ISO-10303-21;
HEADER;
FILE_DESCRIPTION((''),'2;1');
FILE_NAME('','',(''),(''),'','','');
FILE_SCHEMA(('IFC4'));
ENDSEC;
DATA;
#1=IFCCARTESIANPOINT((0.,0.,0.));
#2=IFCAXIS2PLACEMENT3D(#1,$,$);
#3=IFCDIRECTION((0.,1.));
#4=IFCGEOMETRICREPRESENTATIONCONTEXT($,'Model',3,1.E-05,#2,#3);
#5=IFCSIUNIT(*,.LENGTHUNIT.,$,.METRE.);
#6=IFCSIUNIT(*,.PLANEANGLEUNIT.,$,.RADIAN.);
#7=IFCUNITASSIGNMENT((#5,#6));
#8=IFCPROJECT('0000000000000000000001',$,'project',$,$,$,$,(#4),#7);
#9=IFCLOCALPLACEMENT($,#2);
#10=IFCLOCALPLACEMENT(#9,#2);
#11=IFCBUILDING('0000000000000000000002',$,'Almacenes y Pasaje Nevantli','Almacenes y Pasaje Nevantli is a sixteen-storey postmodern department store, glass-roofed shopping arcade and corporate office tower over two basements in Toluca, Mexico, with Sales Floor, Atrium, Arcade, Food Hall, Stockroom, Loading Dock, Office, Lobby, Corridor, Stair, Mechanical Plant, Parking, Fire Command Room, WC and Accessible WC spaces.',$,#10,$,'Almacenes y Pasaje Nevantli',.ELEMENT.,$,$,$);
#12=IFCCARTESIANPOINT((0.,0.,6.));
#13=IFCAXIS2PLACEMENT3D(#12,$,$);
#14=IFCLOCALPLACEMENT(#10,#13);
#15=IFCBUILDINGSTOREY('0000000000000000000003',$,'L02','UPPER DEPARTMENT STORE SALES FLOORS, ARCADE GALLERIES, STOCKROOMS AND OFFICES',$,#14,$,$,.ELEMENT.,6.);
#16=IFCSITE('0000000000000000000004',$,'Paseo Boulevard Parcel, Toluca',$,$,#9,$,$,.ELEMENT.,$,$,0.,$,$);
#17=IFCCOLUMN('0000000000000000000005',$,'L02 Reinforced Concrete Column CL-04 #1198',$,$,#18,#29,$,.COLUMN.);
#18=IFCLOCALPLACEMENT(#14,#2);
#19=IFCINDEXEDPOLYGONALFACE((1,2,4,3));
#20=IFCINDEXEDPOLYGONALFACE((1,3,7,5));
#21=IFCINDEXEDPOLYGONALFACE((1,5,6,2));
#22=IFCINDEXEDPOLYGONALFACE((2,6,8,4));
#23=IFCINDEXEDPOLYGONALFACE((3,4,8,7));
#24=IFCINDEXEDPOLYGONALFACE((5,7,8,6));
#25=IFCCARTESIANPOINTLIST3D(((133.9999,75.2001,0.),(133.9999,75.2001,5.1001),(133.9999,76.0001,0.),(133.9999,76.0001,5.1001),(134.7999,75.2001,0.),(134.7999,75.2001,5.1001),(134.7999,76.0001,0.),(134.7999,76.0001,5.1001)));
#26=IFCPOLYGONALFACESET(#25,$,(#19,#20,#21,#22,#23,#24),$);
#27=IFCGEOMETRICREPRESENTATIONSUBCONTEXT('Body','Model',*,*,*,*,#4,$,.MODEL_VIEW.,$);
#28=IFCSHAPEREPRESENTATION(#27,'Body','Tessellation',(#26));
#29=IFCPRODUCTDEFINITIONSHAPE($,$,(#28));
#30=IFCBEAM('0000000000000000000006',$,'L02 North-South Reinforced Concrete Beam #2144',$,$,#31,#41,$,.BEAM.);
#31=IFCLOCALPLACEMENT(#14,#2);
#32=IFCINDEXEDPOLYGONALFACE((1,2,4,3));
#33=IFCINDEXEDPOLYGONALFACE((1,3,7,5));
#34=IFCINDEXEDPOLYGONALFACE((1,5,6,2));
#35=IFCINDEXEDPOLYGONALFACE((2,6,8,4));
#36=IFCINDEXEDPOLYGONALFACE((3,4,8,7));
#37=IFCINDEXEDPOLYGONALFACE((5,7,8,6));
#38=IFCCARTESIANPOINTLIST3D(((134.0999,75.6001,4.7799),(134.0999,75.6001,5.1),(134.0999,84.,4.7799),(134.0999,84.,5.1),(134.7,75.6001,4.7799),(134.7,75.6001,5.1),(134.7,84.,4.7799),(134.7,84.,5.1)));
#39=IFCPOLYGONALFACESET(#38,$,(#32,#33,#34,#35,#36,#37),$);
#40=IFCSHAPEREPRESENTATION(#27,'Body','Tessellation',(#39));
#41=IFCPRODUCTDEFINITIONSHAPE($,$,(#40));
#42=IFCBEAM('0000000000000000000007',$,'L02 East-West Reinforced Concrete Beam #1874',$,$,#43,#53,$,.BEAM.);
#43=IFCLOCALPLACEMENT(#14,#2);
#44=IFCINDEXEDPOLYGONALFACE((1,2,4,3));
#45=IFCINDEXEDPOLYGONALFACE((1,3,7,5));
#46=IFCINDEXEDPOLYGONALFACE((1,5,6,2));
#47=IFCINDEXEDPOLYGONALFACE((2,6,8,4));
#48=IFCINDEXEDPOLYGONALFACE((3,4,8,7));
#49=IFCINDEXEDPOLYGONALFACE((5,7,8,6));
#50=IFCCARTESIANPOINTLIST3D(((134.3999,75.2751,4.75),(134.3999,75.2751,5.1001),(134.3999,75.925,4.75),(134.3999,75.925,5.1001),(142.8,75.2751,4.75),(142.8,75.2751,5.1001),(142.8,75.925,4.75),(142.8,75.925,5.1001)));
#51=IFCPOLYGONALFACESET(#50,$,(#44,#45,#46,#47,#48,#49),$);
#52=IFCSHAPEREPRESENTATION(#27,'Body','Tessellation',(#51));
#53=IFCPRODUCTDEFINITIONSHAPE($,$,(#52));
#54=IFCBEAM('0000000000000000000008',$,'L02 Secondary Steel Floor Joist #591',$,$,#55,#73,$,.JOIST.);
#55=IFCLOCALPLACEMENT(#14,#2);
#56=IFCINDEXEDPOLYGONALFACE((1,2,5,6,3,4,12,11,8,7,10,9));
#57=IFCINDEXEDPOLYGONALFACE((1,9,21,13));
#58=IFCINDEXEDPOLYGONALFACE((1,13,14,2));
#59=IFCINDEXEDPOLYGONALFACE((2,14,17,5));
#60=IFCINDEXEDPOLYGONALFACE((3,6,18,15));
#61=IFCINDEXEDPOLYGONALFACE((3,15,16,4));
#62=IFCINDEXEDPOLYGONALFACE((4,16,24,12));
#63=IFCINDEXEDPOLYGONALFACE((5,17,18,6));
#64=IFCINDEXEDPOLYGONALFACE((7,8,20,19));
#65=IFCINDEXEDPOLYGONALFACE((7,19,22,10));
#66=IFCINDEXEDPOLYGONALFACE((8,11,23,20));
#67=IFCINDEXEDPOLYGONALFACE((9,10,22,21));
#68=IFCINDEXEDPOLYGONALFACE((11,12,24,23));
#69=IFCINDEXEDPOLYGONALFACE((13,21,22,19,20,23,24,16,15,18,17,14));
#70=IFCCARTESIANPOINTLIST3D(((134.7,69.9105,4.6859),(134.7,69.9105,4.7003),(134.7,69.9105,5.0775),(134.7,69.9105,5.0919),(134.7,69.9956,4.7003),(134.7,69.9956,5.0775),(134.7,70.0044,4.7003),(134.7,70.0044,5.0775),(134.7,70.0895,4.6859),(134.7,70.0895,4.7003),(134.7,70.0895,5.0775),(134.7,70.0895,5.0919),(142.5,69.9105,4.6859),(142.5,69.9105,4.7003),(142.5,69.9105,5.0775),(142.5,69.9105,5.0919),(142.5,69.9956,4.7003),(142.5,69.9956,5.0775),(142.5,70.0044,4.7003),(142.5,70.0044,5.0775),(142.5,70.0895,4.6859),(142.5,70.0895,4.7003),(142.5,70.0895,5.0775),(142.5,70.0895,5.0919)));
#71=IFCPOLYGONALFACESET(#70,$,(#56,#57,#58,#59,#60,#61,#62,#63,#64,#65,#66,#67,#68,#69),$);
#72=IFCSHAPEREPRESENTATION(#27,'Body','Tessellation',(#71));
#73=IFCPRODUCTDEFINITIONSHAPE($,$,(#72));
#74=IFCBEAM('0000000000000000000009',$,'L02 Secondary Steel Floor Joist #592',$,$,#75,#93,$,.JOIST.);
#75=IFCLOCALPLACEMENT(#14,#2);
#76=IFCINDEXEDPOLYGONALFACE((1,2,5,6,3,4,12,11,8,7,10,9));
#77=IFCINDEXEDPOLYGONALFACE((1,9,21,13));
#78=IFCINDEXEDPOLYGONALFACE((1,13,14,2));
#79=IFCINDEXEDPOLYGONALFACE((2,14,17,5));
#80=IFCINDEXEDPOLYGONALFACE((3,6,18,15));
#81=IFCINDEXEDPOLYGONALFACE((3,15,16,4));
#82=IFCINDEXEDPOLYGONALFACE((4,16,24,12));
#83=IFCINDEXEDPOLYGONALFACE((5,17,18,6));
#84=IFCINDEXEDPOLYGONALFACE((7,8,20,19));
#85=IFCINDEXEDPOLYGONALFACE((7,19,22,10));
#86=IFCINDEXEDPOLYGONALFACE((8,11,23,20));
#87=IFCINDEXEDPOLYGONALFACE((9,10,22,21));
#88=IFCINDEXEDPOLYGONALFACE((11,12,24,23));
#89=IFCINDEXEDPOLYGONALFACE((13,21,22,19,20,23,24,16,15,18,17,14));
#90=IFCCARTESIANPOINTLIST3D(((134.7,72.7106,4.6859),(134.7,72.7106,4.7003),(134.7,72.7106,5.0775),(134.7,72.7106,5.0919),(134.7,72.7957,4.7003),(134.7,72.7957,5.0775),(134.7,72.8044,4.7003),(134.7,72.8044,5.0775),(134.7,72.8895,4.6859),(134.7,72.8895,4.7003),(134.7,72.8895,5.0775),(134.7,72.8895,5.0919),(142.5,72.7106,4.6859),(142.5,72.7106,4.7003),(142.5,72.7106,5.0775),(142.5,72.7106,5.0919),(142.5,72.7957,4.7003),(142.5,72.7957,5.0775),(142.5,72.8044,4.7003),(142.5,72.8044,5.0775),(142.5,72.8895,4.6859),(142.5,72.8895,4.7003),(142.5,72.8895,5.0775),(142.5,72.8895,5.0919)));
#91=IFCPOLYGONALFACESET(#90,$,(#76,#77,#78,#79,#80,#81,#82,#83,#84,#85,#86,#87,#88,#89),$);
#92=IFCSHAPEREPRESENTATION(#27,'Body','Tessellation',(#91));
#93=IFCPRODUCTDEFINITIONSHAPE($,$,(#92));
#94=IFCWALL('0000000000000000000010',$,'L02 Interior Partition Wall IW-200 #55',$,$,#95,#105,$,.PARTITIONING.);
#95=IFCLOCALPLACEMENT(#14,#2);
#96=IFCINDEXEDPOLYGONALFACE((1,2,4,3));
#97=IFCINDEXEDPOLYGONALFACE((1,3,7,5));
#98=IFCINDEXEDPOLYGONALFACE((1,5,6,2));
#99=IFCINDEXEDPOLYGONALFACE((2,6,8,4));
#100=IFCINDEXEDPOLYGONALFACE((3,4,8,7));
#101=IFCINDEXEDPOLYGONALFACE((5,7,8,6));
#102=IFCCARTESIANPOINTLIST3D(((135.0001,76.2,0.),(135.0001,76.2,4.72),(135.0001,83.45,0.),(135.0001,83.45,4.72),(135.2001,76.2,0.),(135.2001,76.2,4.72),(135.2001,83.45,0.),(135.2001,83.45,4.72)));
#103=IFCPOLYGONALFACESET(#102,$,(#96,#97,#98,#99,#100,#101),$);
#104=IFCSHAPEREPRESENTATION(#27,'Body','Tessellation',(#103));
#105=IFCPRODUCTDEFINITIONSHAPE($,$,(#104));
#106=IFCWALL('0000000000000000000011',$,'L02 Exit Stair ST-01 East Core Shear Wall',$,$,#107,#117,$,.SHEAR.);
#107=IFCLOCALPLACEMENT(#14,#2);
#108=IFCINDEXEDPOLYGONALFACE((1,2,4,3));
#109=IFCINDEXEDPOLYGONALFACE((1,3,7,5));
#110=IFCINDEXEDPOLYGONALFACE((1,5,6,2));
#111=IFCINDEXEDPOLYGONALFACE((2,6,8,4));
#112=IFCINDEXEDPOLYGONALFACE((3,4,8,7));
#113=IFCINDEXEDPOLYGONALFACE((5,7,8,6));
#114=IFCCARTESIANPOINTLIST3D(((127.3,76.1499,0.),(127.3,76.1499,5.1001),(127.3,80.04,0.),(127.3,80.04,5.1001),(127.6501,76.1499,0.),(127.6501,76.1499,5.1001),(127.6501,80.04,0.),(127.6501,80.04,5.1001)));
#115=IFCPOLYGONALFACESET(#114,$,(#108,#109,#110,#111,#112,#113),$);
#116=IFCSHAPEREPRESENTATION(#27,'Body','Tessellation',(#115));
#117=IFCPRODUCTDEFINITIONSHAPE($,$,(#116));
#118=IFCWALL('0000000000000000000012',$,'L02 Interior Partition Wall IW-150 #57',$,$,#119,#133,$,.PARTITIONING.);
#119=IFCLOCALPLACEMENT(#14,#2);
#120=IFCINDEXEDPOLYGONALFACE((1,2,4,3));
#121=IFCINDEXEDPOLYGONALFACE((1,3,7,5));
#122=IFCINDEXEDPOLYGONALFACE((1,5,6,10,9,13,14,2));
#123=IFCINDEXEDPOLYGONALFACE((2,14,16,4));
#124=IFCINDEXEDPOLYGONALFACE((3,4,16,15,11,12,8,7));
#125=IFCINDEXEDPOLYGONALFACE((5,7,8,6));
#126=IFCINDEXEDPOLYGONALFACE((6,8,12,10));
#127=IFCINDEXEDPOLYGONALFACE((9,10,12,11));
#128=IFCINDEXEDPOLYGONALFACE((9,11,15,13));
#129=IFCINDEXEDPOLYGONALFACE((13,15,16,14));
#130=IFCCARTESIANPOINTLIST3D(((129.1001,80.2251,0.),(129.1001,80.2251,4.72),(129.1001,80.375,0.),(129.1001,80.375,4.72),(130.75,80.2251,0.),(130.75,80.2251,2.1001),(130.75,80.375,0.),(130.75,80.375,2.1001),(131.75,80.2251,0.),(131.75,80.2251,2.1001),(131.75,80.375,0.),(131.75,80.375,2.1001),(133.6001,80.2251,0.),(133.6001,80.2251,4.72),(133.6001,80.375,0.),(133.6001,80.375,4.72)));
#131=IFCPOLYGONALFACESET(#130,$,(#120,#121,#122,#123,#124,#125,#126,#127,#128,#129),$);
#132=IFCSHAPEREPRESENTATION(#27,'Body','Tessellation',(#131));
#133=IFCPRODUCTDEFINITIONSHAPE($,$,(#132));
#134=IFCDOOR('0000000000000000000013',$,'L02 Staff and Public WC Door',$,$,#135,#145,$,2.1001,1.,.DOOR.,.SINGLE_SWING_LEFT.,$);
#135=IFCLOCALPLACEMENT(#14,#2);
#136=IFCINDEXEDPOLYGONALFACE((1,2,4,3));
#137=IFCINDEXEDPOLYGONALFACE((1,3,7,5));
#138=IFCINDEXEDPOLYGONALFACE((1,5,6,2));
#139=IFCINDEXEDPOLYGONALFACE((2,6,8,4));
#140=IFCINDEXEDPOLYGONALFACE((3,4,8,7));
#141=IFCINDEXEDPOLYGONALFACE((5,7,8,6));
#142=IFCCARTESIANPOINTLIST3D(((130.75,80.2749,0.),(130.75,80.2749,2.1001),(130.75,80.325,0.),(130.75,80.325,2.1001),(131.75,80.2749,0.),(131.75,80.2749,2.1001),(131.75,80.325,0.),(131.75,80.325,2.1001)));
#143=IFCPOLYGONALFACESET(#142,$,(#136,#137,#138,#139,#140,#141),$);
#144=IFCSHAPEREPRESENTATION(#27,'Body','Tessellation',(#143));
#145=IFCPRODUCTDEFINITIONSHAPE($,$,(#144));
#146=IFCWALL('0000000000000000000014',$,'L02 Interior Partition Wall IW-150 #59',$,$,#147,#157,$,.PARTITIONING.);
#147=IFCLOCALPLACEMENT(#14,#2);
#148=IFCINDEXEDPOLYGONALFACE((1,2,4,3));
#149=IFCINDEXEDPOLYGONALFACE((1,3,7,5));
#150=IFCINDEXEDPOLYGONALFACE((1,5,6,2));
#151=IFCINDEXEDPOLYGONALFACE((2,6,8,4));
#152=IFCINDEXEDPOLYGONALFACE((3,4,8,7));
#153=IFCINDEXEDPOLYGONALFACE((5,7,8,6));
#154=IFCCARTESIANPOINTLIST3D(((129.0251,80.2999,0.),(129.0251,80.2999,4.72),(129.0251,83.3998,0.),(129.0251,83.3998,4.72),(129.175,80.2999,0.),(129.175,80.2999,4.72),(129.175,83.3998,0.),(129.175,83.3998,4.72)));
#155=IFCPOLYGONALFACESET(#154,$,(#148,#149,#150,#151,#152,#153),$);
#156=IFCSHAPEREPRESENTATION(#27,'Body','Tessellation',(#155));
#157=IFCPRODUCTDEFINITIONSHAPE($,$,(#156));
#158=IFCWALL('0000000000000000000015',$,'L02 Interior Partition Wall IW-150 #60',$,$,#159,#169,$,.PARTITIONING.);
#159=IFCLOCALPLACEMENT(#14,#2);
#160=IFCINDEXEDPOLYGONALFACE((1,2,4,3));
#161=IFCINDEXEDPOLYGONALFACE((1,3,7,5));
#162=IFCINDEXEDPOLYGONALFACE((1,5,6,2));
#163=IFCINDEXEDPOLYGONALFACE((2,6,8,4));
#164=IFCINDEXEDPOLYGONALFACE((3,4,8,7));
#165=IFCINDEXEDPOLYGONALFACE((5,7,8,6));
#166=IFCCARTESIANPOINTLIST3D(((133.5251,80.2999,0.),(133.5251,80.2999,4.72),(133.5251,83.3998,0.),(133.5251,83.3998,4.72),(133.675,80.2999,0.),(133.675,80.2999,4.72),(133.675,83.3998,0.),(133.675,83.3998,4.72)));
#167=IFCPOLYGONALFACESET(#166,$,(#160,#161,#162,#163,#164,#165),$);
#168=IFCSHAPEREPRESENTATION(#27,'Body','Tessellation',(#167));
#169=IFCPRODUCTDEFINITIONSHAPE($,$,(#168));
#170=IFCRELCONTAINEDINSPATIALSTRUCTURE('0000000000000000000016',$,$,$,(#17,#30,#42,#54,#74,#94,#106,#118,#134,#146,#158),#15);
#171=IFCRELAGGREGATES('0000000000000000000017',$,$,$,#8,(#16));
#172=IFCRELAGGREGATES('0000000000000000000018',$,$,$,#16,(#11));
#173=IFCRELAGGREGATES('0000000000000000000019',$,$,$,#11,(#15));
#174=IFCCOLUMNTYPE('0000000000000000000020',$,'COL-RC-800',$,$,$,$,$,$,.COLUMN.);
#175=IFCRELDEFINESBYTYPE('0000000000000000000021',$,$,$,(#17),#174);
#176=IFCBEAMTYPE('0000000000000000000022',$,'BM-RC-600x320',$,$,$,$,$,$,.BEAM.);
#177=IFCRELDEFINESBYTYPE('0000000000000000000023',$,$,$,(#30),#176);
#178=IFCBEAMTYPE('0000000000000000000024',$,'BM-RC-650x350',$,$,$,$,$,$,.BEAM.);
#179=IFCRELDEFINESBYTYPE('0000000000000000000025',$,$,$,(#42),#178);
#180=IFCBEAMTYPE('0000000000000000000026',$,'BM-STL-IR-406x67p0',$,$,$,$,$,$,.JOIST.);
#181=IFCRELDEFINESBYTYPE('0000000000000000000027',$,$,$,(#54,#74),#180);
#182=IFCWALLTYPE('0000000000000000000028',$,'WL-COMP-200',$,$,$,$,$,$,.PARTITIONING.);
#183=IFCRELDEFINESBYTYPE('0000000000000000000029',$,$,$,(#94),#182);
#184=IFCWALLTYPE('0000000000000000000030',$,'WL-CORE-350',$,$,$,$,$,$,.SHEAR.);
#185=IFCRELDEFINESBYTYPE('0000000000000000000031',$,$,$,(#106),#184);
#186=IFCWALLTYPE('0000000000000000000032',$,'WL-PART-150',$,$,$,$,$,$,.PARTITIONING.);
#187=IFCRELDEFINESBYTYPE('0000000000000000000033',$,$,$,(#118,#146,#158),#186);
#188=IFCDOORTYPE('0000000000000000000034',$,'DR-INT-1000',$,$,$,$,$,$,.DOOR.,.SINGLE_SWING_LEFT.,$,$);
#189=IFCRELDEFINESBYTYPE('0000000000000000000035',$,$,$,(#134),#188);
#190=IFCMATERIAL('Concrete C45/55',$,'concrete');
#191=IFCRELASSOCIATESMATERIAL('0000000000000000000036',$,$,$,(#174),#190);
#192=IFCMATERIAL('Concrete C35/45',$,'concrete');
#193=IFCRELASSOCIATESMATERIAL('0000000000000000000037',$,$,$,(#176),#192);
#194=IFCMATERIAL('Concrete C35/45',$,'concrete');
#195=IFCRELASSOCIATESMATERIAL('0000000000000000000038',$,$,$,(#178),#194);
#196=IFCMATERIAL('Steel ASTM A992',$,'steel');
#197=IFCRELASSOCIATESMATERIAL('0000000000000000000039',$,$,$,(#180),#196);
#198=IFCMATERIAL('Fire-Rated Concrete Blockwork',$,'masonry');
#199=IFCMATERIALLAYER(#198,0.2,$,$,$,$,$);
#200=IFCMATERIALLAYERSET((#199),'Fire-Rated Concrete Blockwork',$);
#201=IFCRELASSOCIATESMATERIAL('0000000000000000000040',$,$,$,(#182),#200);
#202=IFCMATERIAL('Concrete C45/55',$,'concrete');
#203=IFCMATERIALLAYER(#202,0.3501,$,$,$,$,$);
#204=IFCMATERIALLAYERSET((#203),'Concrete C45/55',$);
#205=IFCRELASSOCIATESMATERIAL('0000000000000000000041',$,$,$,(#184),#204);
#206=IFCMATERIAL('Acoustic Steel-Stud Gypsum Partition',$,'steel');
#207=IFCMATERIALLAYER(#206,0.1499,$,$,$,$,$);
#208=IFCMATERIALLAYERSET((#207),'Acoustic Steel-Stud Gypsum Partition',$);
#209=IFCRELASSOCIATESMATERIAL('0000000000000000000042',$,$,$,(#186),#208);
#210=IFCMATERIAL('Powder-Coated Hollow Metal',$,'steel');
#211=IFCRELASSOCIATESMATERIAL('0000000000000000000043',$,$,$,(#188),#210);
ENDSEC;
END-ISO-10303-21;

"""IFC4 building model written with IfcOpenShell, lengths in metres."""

from ifc_helpers import new_model, si_unit, direction, frame, frame_2d, origin, origin_2d, place, context, subcontext, project, spatial, rectangle, i_section, extrude, material, layer, layer_set, material_profile, profile_set, type_object, element, fill, save


model = new_model("IFC4")

# Units and contexts
model_context = context("Model", 3, precision=1e-05, world=origin(), true_north=direction((0.0, 1.0)))
body_context = subcontext(model_context, "Body", "Model", "MODEL_VIEW")
ifc_project = project(units=[si_unit("LENGTHUNIT", "METRE"), si_unit("PLANEANGLEUNIT", "RADIAN")], contexts=[model_context])

# Site, building, storey
site_placement = place(None, origin())
site = spatial("IfcSite", under=ifc_project, at=site_placement, Name="Paseo Boulevard Parcel, Toluca", CompositionType="ELEMENT", RefElevation=0.0)
building_placement = place(site_placement, origin())
building = spatial("IfcBuilding", under=site, at=building_placement, Name="Almacenes y Pasaje Nevantli", Description="Almacenes y Pasaje Nevantli is a sixteen-storey postmodern department store, glass-roofed shopping arcade and corporate office tower over two basements in Toluca, Mexico, with Sales Floor, Atrium, Arcade, Food Hall, Stockroom, Loading Dock, Office, Lobby, Corridor, Stair, Mechanical Plant, Parking, Fire Command Room, WC and Accessible WC spaces.", LongName="Almacenes y Pasaje Nevantli", CompositionType="ELEMENT")
storey_placement = place(building_placement, frame((0.0, 0.0, 6.0)))
storey = spatial("IfcBuildingStorey", under=building, at=storey_placement, Name="L02", Description="UPPER DEPARTMENT STORE SALES FLOORS, ARCADE GALLERIES, STOCKROOMS AND OFFICES", CompositionType="ELEMENT", Elevation=6.0)

# Column
ifc_material_1 = material(Name="Concrete C45/55", Category="concrete")
ifc_material_profile_1 = material_profile(ifc_material_1, rectangle(XDim=0.8, YDim=0.8, at=origin_2d()), Name="RC-COL-800x800")
ifc_profile_set_1 = profile_set([ifc_material_profile_1], Name="Concrete C45/55")
column_type = type_object("IfcColumnType", Name="COL-RC-800", PredefinedType="COLUMN", material=ifc_profile_set_1)
column_placement = place(storey_placement, frame((134.3999, 75.6001, 0.0), z_axis=(0.0, 0.0, 1.0), x_axis=(1.0, 0.0, 0.0)))
element("IfcColumn", 1, at=column_placement, inside=storey, type_object=column_type, Name="L02 Reinforced Concrete Column CL-04 #1198", PredefinedType="COLUMN", context=body_context, shape_type="SweptSolid", body=[
    extrude(rectangle(XDim=0.8, YDim=0.8, at=origin_2d()), origin(), (0.0, 0.0, 1.0), 5.1001),
])

# Beams
ifc_material_2 = material(Name="Concrete C35/45", Category="concrete")
ifc_material_profile_2 = material_profile(ifc_material_2, rectangle(XDim=0.6001, YDim=0.3201, at=origin_2d()), Name="RC-BM-600x320")
ifc_profile_set_2 = profile_set([ifc_material_profile_2], Name="Concrete C35/45")
beam_type_1 = type_object("IfcBeamType", Name="BM-RC-600x320", PredefinedType="BEAM", material=ifc_profile_set_2)
beam_1_placement = place(storey_placement, frame((134.3999, 75.6001, 4.9399), z_axis=(0.0, 1.0, 0.0), x_axis=(-1.0, 0.0, 0.0)))
element("IfcBeam", 2, at=beam_1_placement, inside=storey, type_object=beam_type_1, Name="L02 North-South Reinforced Concrete Beam #2144", PredefinedType="BEAM", context=body_context, shape_type="SweptSolid", body=[
    extrude(rectangle(XDim=0.6001, YDim=0.3201, at=origin_2d()), origin(), (0.0, 0.0, 1.0), 8.3999),
])
ifc_material_3 = material(Name="Concrete C35/45", Category="concrete")
ifc_material_profile_3 = material_profile(ifc_material_3, rectangle(XDim=0.6499, YDim=0.3501, at=origin_2d()), Name="RC-BM-650x350")
ifc_profile_set_3 = profile_set([ifc_material_profile_3], Name="Concrete C35/45")
beam_type_2 = type_object("IfcBeamType", Name="BM-RC-650x350", PredefinedType="BEAM", material=ifc_profile_set_3)
beam_2_placement = place(storey_placement, frame((134.3999, 75.6001, 4.925), z_axis=(1.0, 0.0, 0.0), x_axis=(0.0, 1.0, 0.0)))
element("IfcBeam", 3, at=beam_2_placement, inside=storey, type_object=beam_type_2, Name="L02 East-West Reinforced Concrete Beam #1874", PredefinedType="BEAM", context=body_context, shape_type="SweptSolid", body=[
    extrude(rectangle(XDim=0.6499, YDim=0.3501, at=origin_2d()), origin(), (0.0, 0.0, 1.0), 8.4001),
])
ifc_material_4 = material(Name="Steel ASTM A992", Category="steel")
ifc_material_profile_4 = material_profile(ifc_material_4, i_section(OverallWidth=0.179, OverallDepth=0.406, WebThickness=0.0088, FlangeThickness=0.0144, at=origin_2d()), Name="IR 406x67.0")
ifc_profile_set_4 = profile_set([ifc_material_profile_4], Name="Steel ASTM A992")
beam_type_3 = type_object("IfcBeamType", Name="BM-STL-IR-406x67p0", PredefinedType="JOIST", material=ifc_profile_set_4)
for number, where, z_axis, x_axis, name in (
    (4, (134.7, 70.0, 4.8889), (1.0, 0.0, 0.0), (0.0, 1.0, 0.0), "L02 Secondary Steel Floor Joist #591"),
    (5, (134.7, 72.8, 4.8889), (1.0, 0.0, 0.0), (0.0, 1.0, 0.0), "L02 Secondary Steel Floor Joist #592"),
):
    element("IfcBeam", number, at=place(storey_placement, frame(where, z_axis=z_axis, x_axis=x_axis)), inside=storey, type_object=beam_type_3, Name=name, PredefinedType="JOIST", context=body_context, shape_type="SweptSolid", body=[
        extrude(i_section(OverallWidth=0.179, OverallDepth=0.406, WebThickness=0.0088, FlangeThickness=0.0144, at=origin_2d()), origin(), (0.0, 0.0, 1.0), 7.8),
    ])

# Walls
ifc_material_5 = material(Name="Fire-Rated Concrete Blockwork", Category="masonry")
ifc_layer_1 = layer(ifc_material_5, 0.2)
ifc_layer_set_1 = layer_set([ifc_layer_1], Name="Fire-Rated Concrete Blockwork")
wall_type_1 = type_object("IfcWallType", Name="WL-COMP-200", PredefinedType="PARTITIONING", material=ifc_layer_set_1)
wall_1_placement = place(storey_placement, frame((135.1001, 76.2, 0.0), z_axis=(0.0, 0.0, 1.0), x_axis=(0.0, 1.0, 0.0)))
element("IfcWall", 6, at=wall_1_placement, inside=storey, type_object=wall_type_1, Name="L02 Interior Partition Wall IW-200 #55", PredefinedType="PARTITIONING", context=body_context, shape_type="SweptSolid", body=[
    extrude(rectangle(XDim=7.25, YDim=0.2, at=frame_2d((3.625, 0.0))), origin(), (0.0, 0.0, 1.0), 4.72),
])
ifc_material_6 = material(Name="Concrete C45/55", Category="concrete")
ifc_layer_2 = layer(ifc_material_6, 0.3501)
ifc_layer_set_2 = layer_set([ifc_layer_2], Name="Concrete C45/55")
wall_type_2 = type_object("IfcWallType", Name="WL-CORE-350", PredefinedType="SHEAR", material=ifc_layer_set_2)
wall_2_placement = place(storey_placement, frame((127.4751, 76.1499, 0.0), z_axis=(0.0, 0.0, 1.0), x_axis=(0.0, 1.0, 0.0)))
element("IfcWall", 7, at=wall_2_placement, inside=storey, type_object=wall_type_2, Name="L02 Exit Stair ST-01 East Core Shear Wall", PredefinedType="SHEAR", context=body_context, shape_type="SweptSolid", body=[
    extrude(rectangle(XDim=3.8901, YDim=0.3501, at=frame_2d((1.9451, 0.0))), origin(), (0.0, 0.0, 1.0), 5.1001),
])

# Wall, opening, door
ifc_material_7 = material(Name="Acoustic Steel-Stud Gypsum Partition", Category="steel")
ifc_layer_3 = layer(ifc_material_7, 0.1499)
ifc_layer_set_3 = layer_set([ifc_layer_3], Name="Acoustic Steel-Stud Gypsum Partition")
wall_type_3 = type_object("IfcWallType", Name="WL-PART-150", PredefinedType="PARTITIONING", material=ifc_layer_set_3)
wall_3_placement = place(storey_placement, frame((129.1001, 80.3, 0.0), z_axis=(0.0, 0.0, 1.0), x_axis=(1.0, 0.0, 0.0)))
wall_3 = element("IfcWall", 8, at=wall_3_placement, inside=storey, type_object=wall_type_3, Name="L02 Interior Partition Wall IW-150 #57", PredefinedType="PARTITIONING", context=body_context, shape_type="SweptSolid", body=[
    extrude(rectangle(XDim=4.5, YDim=0.1499, at=frame_2d((2.25, 0.0))), origin(), (0.0, 0.0, 1.0), 4.72),
])
opening_1_placement = place(wall_3_placement, frame((1.6499, 0.0, 0.0)))
opening_1 = element("IfcOpeningElement", 9, at=opening_1_placement, cuts=wall_3, PredefinedType="OPENING", context=body_context, shape_type="SweptSolid", body=[
    extrude(rectangle(XDim=1.0, YDim=2.1001, at=frame_2d((0.5, 1.05))), frame((0.0, 0.085, 0.0), z_axis=(0.0, -1.0, 0.0), x_axis=(1.0, 0.0, 0.0)), (0.0, 0.0, 1.0), 0.1699),
])
ifc_material_8 = material(Name="Powder-Coated Hollow Metal", Category="steel")
door_type_1 = type_object("IfcDoorType", Name="DR-INT-1000", OperationType="SINGLE_SWING_LEFT", PredefinedType="DOOR", material=ifc_material_8)
door_1_placement = place(opening_1_placement, origin())
door_1 = element("IfcDoor", 10, at=door_1_placement, inside=storey, type_object=door_type_1, Name="L02 Staff and Public WC Door", OperationType="SINGLE_SWING_LEFT", OverallHeight=2.1001, OverallWidth=1.0, PredefinedType="DOOR", context=body_context, shape_type="SweptSolid", body=[
    extrude(rectangle(XDim=1.0, YDim=2.1001, at=frame_2d((0.5, 1.05))), frame((0.0, 0.0249, 0.0), z_axis=(0.0, -1.0, 0.0), x_axis=(1.0, 0.0, 0.0)), (0.0, 0.0, 1.0), 0.05),
])
fill(opening_1, door_1)

# Walls
for number, where, z_axis, x_axis, name in (
    (11, (129.1001, 80.3, 0.0), (0.0, 0.0, 1.0), (0.0, 1.0, 0.0), "L02 Interior Partition Wall IW-150 #59"),
    (12, (133.6001, 80.3, 0.0), (0.0, 0.0, 1.0), (0.0, 1.0, 0.0), "L02 Interior Partition Wall IW-150 #60"),
):
    element("IfcWall", number, at=place(storey_placement, frame(where, z_axis=z_axis, x_axis=x_axis)), inside=storey, type_object=wall_type_3, Name=name, PredefinedType="PARTITIONING", context=body_context, shape_type="SweptSolid", body=[
        extrude(rectangle(XDim=3.0999, YDim=0.1499, at=frame_2d((1.5498, 0.0))), origin(), (0.0, 0.0, 1.0), 4.72),
    ])

save(model, "model.ifc")
